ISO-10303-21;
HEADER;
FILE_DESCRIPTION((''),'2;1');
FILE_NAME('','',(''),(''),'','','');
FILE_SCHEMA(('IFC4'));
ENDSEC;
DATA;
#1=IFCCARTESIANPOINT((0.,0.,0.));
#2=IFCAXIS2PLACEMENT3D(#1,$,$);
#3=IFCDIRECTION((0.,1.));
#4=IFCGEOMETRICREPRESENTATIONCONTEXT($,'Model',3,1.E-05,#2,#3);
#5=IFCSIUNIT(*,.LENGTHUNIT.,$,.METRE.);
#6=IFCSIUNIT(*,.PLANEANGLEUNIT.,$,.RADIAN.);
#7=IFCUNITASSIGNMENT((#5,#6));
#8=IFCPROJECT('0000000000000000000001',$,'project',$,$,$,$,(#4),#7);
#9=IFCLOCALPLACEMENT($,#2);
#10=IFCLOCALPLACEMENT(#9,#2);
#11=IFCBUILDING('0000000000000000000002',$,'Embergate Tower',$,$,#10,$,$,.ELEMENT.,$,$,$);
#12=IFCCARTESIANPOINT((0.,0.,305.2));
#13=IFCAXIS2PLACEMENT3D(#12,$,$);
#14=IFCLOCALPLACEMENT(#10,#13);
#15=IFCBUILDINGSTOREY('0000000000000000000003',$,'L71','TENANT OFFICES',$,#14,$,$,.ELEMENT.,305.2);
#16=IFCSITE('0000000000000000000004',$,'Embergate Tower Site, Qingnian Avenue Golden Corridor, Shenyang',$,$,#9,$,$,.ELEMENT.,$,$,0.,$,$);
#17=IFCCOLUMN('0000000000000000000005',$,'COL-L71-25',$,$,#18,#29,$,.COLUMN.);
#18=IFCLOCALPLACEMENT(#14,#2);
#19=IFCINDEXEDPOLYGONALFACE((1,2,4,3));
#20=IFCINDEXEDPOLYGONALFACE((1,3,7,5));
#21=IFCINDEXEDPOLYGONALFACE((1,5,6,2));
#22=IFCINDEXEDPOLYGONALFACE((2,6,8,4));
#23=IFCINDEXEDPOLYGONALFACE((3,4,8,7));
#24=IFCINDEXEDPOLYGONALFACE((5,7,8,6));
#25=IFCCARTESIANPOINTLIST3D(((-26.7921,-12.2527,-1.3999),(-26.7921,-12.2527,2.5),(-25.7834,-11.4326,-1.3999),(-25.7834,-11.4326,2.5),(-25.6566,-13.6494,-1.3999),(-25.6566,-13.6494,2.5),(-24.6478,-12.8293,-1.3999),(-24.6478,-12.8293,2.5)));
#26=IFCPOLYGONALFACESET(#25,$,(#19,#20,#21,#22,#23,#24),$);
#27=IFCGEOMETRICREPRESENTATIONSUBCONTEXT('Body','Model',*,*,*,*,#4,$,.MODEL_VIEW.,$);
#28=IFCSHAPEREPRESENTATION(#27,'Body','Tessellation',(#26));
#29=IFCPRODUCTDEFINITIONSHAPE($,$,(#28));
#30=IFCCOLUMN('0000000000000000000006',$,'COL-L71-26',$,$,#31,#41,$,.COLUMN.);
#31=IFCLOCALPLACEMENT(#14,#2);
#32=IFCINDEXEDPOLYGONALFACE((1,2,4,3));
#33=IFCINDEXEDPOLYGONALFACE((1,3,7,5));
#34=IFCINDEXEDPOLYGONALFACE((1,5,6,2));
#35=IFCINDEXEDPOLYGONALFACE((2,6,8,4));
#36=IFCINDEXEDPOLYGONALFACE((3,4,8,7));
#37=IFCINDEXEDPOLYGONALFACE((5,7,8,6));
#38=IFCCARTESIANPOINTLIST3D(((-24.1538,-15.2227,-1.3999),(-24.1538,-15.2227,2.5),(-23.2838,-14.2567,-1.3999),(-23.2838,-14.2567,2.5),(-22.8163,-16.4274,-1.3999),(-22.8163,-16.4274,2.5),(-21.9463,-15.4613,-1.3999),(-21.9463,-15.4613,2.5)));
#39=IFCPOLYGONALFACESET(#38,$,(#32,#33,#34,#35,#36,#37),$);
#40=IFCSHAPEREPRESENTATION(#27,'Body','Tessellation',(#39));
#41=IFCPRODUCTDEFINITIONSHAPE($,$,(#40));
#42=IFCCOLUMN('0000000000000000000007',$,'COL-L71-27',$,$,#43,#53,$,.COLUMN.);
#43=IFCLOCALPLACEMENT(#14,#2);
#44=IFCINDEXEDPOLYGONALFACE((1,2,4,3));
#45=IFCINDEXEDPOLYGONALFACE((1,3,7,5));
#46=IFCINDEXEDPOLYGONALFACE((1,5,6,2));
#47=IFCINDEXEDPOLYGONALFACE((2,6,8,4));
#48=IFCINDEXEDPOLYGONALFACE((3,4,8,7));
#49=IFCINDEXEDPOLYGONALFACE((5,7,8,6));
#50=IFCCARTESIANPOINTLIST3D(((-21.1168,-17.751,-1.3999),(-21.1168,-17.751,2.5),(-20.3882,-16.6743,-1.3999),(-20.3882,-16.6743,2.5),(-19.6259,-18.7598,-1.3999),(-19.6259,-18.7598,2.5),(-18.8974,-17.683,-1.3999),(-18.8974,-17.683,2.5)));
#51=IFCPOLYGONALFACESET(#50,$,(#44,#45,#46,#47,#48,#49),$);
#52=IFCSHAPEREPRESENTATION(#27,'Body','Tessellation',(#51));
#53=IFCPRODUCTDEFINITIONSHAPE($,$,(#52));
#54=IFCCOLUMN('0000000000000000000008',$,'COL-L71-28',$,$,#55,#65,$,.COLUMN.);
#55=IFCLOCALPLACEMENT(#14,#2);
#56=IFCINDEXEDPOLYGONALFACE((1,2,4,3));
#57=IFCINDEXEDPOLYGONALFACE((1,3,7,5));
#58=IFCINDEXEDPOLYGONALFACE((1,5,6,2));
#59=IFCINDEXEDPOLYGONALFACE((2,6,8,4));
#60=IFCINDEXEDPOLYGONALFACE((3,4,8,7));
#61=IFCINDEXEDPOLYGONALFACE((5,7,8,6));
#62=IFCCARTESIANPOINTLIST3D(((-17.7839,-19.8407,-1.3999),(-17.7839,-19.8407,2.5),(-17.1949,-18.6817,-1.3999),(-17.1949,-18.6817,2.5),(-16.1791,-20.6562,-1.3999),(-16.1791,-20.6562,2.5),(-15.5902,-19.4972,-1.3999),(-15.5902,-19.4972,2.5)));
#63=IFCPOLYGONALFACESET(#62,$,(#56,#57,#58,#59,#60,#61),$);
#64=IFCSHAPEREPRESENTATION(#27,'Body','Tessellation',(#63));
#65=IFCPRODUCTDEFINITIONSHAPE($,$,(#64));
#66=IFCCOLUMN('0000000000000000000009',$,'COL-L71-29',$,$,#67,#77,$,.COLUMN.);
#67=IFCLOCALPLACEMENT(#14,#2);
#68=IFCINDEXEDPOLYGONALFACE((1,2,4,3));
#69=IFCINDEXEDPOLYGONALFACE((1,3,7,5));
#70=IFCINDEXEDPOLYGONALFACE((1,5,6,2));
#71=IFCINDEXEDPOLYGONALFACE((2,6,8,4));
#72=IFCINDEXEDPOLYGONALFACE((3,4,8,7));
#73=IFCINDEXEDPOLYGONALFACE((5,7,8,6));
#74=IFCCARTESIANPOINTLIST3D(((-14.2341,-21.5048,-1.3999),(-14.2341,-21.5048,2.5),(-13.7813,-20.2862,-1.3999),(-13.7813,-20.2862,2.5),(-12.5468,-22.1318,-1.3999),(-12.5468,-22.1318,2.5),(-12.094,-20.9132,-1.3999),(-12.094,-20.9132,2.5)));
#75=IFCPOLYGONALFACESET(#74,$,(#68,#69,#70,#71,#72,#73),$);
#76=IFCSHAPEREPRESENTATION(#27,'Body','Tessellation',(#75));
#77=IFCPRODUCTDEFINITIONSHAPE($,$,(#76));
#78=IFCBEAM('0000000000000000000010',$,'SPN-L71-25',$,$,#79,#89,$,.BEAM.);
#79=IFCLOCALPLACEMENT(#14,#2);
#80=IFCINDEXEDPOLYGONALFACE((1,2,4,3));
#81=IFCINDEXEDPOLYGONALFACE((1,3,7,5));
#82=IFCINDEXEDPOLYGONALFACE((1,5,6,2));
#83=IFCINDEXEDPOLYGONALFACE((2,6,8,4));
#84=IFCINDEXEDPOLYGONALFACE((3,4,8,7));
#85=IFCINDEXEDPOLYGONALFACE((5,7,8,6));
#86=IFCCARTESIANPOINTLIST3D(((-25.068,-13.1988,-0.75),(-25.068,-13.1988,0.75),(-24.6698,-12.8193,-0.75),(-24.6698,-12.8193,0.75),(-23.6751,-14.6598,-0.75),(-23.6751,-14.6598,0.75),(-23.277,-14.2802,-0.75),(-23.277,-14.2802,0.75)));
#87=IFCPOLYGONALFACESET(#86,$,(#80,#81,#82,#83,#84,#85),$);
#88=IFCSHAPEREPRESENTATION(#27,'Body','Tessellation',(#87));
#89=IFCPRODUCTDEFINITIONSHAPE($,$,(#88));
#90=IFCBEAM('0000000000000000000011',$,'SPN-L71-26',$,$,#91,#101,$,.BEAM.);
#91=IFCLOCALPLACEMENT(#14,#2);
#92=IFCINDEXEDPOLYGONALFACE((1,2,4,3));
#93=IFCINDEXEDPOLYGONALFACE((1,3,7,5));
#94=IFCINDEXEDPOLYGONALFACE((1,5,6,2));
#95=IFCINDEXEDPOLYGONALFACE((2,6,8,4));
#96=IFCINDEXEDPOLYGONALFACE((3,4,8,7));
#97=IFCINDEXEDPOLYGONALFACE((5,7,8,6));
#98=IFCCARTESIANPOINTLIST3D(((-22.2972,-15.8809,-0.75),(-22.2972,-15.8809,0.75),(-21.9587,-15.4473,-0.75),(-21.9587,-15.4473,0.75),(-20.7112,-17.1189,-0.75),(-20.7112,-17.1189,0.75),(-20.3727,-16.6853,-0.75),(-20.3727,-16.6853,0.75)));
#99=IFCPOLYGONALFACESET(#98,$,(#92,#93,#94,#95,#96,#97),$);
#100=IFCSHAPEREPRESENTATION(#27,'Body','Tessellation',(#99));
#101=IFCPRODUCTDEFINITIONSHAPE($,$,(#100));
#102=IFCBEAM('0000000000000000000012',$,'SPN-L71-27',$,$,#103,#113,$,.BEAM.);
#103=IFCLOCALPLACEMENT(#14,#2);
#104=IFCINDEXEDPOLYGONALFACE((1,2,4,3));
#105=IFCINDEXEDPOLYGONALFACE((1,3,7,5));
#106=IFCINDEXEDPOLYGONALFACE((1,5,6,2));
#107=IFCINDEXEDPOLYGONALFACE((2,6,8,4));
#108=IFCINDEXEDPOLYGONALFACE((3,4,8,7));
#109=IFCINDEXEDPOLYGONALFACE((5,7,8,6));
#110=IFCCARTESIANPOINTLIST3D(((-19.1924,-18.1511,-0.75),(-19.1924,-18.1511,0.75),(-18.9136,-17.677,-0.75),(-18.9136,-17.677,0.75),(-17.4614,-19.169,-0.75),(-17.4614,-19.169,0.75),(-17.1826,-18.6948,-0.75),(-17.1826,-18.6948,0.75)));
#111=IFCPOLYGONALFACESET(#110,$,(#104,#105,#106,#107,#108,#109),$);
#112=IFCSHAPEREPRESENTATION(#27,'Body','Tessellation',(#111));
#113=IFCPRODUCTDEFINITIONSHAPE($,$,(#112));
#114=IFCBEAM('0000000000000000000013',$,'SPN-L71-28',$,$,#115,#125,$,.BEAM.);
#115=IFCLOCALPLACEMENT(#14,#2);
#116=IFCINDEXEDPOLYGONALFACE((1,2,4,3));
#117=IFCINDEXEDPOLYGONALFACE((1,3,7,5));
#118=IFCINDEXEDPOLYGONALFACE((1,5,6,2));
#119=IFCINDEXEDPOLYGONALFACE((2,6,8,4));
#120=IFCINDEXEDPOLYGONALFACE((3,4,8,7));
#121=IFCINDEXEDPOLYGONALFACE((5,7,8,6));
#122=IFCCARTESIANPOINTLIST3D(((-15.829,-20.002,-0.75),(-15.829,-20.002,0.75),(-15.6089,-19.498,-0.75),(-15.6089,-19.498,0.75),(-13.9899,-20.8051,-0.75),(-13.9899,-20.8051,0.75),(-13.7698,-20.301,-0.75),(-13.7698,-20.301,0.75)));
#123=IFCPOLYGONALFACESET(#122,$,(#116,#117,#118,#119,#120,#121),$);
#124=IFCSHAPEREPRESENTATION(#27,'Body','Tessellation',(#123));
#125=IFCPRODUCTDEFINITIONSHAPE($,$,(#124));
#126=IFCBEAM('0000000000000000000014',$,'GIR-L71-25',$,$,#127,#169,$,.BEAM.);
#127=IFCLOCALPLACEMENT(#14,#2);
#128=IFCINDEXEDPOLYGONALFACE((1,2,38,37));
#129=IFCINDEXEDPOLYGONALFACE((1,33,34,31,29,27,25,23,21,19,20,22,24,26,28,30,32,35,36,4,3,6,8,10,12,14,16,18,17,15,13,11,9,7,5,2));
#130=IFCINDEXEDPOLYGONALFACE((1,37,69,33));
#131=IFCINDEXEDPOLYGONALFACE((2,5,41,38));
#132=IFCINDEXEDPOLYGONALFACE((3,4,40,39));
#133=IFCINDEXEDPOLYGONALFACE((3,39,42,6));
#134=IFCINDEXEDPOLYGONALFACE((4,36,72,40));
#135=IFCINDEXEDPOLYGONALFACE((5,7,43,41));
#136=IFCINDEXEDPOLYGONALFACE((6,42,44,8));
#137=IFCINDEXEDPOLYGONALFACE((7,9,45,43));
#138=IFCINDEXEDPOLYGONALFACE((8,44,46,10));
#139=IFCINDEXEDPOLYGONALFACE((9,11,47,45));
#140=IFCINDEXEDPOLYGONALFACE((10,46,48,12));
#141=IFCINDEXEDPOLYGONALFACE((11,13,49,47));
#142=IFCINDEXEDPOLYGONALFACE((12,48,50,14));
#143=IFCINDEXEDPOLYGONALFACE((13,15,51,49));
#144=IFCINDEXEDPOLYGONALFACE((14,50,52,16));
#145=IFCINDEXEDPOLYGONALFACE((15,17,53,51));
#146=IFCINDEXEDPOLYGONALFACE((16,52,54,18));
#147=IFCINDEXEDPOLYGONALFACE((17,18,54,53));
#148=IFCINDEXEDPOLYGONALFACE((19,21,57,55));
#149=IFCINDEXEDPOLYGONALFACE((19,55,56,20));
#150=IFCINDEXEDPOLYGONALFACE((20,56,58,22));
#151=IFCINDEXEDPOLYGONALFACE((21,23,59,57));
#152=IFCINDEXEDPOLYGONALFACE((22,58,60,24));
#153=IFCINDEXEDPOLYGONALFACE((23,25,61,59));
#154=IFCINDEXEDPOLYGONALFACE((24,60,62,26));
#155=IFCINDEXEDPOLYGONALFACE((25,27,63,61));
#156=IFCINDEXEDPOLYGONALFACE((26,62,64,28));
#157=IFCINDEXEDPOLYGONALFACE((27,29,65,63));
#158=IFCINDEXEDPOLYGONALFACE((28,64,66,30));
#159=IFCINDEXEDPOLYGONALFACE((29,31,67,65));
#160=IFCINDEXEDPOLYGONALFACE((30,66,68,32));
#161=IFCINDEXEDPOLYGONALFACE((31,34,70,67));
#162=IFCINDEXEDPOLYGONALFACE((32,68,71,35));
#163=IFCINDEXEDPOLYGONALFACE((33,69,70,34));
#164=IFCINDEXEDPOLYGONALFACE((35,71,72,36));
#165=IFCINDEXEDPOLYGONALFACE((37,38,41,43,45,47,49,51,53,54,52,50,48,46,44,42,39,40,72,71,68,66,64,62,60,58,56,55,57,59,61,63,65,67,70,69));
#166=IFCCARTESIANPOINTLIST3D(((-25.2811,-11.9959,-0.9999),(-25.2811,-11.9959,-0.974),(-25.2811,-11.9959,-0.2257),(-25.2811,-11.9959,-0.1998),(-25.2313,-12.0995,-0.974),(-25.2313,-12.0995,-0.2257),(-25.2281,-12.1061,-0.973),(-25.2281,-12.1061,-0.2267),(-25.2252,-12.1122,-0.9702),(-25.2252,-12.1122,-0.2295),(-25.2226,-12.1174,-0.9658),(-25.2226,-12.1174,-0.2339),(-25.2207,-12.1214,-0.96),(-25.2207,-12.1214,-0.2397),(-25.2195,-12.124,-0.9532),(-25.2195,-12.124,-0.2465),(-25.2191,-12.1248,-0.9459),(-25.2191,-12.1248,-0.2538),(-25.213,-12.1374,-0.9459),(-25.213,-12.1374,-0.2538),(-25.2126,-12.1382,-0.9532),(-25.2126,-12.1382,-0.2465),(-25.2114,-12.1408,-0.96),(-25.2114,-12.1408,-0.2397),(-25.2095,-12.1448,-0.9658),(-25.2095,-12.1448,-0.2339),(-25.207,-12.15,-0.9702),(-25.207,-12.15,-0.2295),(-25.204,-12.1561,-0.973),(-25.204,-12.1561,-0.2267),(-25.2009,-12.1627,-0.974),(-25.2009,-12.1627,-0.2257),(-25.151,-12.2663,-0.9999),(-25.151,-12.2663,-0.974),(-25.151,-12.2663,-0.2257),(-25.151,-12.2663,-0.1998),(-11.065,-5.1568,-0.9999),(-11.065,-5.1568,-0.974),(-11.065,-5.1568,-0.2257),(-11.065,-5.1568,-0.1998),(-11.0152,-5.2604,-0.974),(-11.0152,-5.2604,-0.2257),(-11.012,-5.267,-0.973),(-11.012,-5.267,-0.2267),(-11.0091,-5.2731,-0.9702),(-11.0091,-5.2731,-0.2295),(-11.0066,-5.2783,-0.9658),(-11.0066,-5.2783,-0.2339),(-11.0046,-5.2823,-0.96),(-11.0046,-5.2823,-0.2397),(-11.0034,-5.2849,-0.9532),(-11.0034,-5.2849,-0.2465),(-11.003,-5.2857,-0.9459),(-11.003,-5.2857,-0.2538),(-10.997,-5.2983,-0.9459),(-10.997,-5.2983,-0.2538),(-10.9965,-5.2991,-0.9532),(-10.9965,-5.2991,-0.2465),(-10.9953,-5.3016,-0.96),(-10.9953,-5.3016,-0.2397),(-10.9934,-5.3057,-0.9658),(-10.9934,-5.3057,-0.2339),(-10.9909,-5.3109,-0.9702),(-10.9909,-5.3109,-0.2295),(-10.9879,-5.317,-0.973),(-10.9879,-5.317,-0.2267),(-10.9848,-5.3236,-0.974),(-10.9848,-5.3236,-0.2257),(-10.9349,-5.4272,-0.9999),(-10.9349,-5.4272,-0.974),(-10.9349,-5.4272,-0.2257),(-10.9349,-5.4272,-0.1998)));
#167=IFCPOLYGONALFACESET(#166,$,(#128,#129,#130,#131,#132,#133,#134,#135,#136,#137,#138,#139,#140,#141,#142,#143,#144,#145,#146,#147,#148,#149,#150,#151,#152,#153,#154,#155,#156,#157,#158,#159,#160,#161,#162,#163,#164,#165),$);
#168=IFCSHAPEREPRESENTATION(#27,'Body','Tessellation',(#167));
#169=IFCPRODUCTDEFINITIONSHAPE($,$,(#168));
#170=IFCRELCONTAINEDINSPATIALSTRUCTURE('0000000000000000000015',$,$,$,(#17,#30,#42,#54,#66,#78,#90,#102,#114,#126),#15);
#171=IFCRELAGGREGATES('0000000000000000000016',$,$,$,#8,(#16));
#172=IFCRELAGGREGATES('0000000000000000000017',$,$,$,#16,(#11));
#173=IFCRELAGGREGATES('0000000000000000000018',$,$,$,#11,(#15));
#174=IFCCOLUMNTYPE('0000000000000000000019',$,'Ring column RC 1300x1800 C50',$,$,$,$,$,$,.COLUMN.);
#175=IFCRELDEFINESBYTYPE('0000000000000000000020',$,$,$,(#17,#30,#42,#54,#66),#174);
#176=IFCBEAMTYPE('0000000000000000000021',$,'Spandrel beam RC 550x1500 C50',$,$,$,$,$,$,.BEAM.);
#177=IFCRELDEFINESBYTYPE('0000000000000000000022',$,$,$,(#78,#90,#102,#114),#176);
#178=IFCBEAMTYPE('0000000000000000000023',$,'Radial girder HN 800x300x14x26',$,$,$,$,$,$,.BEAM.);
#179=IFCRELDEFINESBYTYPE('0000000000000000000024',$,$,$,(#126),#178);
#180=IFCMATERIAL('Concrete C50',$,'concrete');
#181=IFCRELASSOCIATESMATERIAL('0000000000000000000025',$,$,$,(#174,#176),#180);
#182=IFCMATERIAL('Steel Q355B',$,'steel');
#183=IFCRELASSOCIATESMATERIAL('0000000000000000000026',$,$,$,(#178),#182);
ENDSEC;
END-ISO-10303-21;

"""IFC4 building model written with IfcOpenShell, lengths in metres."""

from ifc_helpers import new_model, si_unit, direction, frame, origin, origin_2d, place, context, subcontext, project, spatial, rectangle, i_section, extrude, source, transform, mapped, material, material_profile, profile_set, type_object, element, save


model = new_model("IFC4")

# Units and contexts
model_context = context("Model", 3, precision=1e-05, world=origin(), true_north=direction((0.0, 1.0)))
body_context = subcontext(model_context, "Body", "Model", "MODEL_VIEW")
ifc_project = project(units=[si_unit("LENGTHUNIT", "METRE"), si_unit("PLANEANGLEUNIT", "RADIAN")], contexts=[model_context])

# Site, building, storey
site_placement = place(None, origin())
site = spatial("IfcSite", under=ifc_project, at=site_placement, Name="Embergate Tower Site, Qingnian Avenue Golden Corridor, Shenyang", CompositionType="ELEMENT", RefElevation=0.0)
building_placement = place(site_placement, origin())
building = spatial("IfcBuilding", under=site, at=building_placement, Name="Embergate Tower", CompositionType="ELEMENT")
storey_placement = place(building_placement, frame((0.0, 0.0, 305.2)))
storey = spatial("IfcBuildingStorey", under=building, at=storey_placement, Name="L71", Description="TENANT OFFICES", CompositionType="ELEMENT", Elevation=305.2)

# Columns
ifc_material_1 = material(Name="Concrete C50", Category="concrete")
ifc_material_profile_1 = material_profile(ifc_material_1, rectangle(XDim=1.3, YDim=1.8, at=origin_2d()), Name="RC 1300x1800")
ifc_profile_set_1 = profile_set([ifc_material_profile_1], Name="Concrete C50")
column_type = type_object("IfcColumnType", Name="Ring column RC 1300x1800 C50", PredefinedType="COLUMN", material=ifc_profile_set_1)
shared_shape_1 = source(origin(), body_context, "Body", "SweptSolid", [
    extrude(rectangle(XDim=1.3, YDim=1.8, at=origin_2d()), origin(), (0.0, 0.0, 1.0), 3.8999),
])
for number, where, z_axis, x_axis, name in (
    (1, (-25.72, -12.541, -1.3999), (0.0, 0.0, 1.0), (-0.775925, -0.630825, 0.0), "COL-L71-25"),
    (2, (-23.05, -15.342, -1.3999), (0.0, 0.0, 1.0), (-0.669221, -0.743063, 0.0), "COL-L71-26"),
    (3, (-20.0071, -17.717, -1.3999), (0.0, 0.0, 1.0), (-0.560393, -0.828227, 0.0), "COL-L71-27"),
    (4, (-16.687, -19.6689, -1.3999), (0.0, 0.0, 1.0), (-0.453011, -0.891505, 0.0), "COL-L71-28"),
    (5, (-13.1641, -21.209, -1.3999), (0.0, 0.0, 1.0), (-0.348343, -0.937367, 0.0), "COL-L71-29"),
):
    element("IfcColumn", number, at=place(storey_placement, frame(where, z_axis=z_axis, x_axis=x_axis)), inside=storey, type_object=column_type, Name=name, PredefinedType="COLUMN", context=body_context, shape_type="MappedRepresentation", body=[
        mapped(shared_shape_1, transform((0.0, 0.0, 0.0))),
    ])

# Beams
ifc_material_profile_2 = material_profile(ifc_material_1, rectangle(XDim=0.55, YDim=1.5, at=origin_2d()), Name="RC 550x1500")
ifc_profile_set_2 = profile_set([ifc_material_profile_2], Name="Concrete C50")
beam_type_1 = type_object("IfcBeamType", Name="Spandrel beam RC 550x1500 C50", PredefinedType="BEAM", material=ifc_profile_set_2)
shared_shape_2 = source(origin(), body_context, "Body", "SweptSolid", [
    extrude(rectangle(XDim=0.55, YDim=1.5, at=origin_2d()), origin(), (0.0, 0.0, 1.0), 2.0186),
])
beam_1_placement = place(storey_placement, frame((-24.8689, -13.009, 0.0), z_axis=(0.690033, -0.723778, 0.0), x_axis=(0.723778, 0.690033, 0.0)))
element("IfcBeam", 6, at=beam_1_placement, inside=storey, type_object=beam_type_1, Name="SPN-L71-25", PredefinedType="BEAM", context=body_context, shape_type="MappedRepresentation", body=[
    mapped(shared_shape_2, transform((0.0, 0.0, 0.0))),
])
shared_shape_3 = source(origin(), body_context, "Body", "SweptSolid", [
    extrude(rectangle(XDim=0.55, YDim=1.5, at=origin_2d()), origin(), (0.0, 0.0, 1.0), 2.012),
])
beam_2_placement = place(storey_placement, frame((-22.1279, -15.6641, 0.0), z_axis=(0.78826, -0.615343, 0.0), x_axis=(0.615343, 0.78826, 0.0)))
element("IfcBeam", 7, at=beam_2_placement, inside=storey, type_object=beam_type_1, Name="SPN-L71-26", PredefinedType="BEAM", context=body_context, shape_type="MappedRepresentation", body=[
    mapped(shared_shape_3, transform((0.0, 0.0, 0.0))),
])
shared_shape_4 = source(origin(), body_context, "Body", "SweptSolid", [
    extrude(rectangle(XDim=0.55, YDim=1.5, at=origin_2d()), origin(), (0.0, 0.0, 1.0), 2.0081),
])
beam_3_placement = place(storey_placement, frame((-19.053, -17.9141, 0.0), z_axis=(0.862019, -0.506877, 0.0), x_axis=(0.506877, 0.862019, 0.0)))
element("IfcBeam", 8, at=beam_3_placement, inside=storey, type_object=beam_type_1, Name="SPN-L71-27", PredefinedType="BEAM", context=body_context, shape_type="MappedRepresentation", body=[
    mapped(shared_shape_4, transform((0.0, 0.0, 0.0))),
])
shared_shape_5 = source(origin(), body_context, "Body", "SweptSolid", [
    extrude(rectangle(XDim=0.55, YDim=1.5, at=origin_2d()), origin(), (0.0, 0.0, 1.0), 2.0068),
])
beam_4_placement = place(storey_placement, frame((-15.719, -19.75, 0.0), z_axis=(0.916456, -0.400136, 0.0), x_axis=(0.400136, 0.916456, 0.0)))
element("IfcBeam", 9, at=beam_4_placement, inside=storey, type_object=beam_type_1, Name="SPN-L71-28", PredefinedType="BEAM", context=body_context, shape_type="MappedRepresentation", body=[
    mapped(shared_shape_5, transform((0.0, 0.0, 0.0))),
])
ifc_material_2 = material(Name="Steel Q355B", Category="steel")
ifc_material_profile_3 = material_profile(ifc_material_2, i_section(OverallWidth=0.3, OverallDepth=0.8, WebThickness=0.0139, FlangeThickness=0.0259, FilletRadius=0.0281, at=origin_2d()), Name="HN 800x300x14x26")
ifc_profile_set_3 = profile_set([ifc_material_profile_3], Name="Steel Q355 grade B")
beam_type_2 = type_object("IfcBeamType", Name="Radial girder HN 800x300x14x26", PredefinedType="BEAM", material=ifc_profile_set_3)
shared_shape_6 = source(origin(), body_context, "Body", "SweptSolid", [
    extrude(i_section(OverallWidth=0.3, OverallDepth=0.8, WebThickness=0.0139, FlangeThickness=0.0259, FilletRadius=0.0281, at=origin_2d()), origin(), (0.0, 0.0, 1.0), 15.7756),
])
beam_5_placement = place(storey_placement, frame((-25.2161, -12.1311, -0.5999), z_axis=(0.901142, 0.433524, 0.0), x_axis=(-0.433524, 0.901142, 0.0)))
element("IfcBeam", 10, at=beam_5_placement, inside=storey, type_object=beam_type_2, Name="GIR-L71-25", PredefinedType="BEAM", context=body_context, shape_type="MappedRepresentation", body=[
    mapped(shared_shape_6, transform((0.0, 0.0, 0.0))),
])

save(model, "model.ifc")
